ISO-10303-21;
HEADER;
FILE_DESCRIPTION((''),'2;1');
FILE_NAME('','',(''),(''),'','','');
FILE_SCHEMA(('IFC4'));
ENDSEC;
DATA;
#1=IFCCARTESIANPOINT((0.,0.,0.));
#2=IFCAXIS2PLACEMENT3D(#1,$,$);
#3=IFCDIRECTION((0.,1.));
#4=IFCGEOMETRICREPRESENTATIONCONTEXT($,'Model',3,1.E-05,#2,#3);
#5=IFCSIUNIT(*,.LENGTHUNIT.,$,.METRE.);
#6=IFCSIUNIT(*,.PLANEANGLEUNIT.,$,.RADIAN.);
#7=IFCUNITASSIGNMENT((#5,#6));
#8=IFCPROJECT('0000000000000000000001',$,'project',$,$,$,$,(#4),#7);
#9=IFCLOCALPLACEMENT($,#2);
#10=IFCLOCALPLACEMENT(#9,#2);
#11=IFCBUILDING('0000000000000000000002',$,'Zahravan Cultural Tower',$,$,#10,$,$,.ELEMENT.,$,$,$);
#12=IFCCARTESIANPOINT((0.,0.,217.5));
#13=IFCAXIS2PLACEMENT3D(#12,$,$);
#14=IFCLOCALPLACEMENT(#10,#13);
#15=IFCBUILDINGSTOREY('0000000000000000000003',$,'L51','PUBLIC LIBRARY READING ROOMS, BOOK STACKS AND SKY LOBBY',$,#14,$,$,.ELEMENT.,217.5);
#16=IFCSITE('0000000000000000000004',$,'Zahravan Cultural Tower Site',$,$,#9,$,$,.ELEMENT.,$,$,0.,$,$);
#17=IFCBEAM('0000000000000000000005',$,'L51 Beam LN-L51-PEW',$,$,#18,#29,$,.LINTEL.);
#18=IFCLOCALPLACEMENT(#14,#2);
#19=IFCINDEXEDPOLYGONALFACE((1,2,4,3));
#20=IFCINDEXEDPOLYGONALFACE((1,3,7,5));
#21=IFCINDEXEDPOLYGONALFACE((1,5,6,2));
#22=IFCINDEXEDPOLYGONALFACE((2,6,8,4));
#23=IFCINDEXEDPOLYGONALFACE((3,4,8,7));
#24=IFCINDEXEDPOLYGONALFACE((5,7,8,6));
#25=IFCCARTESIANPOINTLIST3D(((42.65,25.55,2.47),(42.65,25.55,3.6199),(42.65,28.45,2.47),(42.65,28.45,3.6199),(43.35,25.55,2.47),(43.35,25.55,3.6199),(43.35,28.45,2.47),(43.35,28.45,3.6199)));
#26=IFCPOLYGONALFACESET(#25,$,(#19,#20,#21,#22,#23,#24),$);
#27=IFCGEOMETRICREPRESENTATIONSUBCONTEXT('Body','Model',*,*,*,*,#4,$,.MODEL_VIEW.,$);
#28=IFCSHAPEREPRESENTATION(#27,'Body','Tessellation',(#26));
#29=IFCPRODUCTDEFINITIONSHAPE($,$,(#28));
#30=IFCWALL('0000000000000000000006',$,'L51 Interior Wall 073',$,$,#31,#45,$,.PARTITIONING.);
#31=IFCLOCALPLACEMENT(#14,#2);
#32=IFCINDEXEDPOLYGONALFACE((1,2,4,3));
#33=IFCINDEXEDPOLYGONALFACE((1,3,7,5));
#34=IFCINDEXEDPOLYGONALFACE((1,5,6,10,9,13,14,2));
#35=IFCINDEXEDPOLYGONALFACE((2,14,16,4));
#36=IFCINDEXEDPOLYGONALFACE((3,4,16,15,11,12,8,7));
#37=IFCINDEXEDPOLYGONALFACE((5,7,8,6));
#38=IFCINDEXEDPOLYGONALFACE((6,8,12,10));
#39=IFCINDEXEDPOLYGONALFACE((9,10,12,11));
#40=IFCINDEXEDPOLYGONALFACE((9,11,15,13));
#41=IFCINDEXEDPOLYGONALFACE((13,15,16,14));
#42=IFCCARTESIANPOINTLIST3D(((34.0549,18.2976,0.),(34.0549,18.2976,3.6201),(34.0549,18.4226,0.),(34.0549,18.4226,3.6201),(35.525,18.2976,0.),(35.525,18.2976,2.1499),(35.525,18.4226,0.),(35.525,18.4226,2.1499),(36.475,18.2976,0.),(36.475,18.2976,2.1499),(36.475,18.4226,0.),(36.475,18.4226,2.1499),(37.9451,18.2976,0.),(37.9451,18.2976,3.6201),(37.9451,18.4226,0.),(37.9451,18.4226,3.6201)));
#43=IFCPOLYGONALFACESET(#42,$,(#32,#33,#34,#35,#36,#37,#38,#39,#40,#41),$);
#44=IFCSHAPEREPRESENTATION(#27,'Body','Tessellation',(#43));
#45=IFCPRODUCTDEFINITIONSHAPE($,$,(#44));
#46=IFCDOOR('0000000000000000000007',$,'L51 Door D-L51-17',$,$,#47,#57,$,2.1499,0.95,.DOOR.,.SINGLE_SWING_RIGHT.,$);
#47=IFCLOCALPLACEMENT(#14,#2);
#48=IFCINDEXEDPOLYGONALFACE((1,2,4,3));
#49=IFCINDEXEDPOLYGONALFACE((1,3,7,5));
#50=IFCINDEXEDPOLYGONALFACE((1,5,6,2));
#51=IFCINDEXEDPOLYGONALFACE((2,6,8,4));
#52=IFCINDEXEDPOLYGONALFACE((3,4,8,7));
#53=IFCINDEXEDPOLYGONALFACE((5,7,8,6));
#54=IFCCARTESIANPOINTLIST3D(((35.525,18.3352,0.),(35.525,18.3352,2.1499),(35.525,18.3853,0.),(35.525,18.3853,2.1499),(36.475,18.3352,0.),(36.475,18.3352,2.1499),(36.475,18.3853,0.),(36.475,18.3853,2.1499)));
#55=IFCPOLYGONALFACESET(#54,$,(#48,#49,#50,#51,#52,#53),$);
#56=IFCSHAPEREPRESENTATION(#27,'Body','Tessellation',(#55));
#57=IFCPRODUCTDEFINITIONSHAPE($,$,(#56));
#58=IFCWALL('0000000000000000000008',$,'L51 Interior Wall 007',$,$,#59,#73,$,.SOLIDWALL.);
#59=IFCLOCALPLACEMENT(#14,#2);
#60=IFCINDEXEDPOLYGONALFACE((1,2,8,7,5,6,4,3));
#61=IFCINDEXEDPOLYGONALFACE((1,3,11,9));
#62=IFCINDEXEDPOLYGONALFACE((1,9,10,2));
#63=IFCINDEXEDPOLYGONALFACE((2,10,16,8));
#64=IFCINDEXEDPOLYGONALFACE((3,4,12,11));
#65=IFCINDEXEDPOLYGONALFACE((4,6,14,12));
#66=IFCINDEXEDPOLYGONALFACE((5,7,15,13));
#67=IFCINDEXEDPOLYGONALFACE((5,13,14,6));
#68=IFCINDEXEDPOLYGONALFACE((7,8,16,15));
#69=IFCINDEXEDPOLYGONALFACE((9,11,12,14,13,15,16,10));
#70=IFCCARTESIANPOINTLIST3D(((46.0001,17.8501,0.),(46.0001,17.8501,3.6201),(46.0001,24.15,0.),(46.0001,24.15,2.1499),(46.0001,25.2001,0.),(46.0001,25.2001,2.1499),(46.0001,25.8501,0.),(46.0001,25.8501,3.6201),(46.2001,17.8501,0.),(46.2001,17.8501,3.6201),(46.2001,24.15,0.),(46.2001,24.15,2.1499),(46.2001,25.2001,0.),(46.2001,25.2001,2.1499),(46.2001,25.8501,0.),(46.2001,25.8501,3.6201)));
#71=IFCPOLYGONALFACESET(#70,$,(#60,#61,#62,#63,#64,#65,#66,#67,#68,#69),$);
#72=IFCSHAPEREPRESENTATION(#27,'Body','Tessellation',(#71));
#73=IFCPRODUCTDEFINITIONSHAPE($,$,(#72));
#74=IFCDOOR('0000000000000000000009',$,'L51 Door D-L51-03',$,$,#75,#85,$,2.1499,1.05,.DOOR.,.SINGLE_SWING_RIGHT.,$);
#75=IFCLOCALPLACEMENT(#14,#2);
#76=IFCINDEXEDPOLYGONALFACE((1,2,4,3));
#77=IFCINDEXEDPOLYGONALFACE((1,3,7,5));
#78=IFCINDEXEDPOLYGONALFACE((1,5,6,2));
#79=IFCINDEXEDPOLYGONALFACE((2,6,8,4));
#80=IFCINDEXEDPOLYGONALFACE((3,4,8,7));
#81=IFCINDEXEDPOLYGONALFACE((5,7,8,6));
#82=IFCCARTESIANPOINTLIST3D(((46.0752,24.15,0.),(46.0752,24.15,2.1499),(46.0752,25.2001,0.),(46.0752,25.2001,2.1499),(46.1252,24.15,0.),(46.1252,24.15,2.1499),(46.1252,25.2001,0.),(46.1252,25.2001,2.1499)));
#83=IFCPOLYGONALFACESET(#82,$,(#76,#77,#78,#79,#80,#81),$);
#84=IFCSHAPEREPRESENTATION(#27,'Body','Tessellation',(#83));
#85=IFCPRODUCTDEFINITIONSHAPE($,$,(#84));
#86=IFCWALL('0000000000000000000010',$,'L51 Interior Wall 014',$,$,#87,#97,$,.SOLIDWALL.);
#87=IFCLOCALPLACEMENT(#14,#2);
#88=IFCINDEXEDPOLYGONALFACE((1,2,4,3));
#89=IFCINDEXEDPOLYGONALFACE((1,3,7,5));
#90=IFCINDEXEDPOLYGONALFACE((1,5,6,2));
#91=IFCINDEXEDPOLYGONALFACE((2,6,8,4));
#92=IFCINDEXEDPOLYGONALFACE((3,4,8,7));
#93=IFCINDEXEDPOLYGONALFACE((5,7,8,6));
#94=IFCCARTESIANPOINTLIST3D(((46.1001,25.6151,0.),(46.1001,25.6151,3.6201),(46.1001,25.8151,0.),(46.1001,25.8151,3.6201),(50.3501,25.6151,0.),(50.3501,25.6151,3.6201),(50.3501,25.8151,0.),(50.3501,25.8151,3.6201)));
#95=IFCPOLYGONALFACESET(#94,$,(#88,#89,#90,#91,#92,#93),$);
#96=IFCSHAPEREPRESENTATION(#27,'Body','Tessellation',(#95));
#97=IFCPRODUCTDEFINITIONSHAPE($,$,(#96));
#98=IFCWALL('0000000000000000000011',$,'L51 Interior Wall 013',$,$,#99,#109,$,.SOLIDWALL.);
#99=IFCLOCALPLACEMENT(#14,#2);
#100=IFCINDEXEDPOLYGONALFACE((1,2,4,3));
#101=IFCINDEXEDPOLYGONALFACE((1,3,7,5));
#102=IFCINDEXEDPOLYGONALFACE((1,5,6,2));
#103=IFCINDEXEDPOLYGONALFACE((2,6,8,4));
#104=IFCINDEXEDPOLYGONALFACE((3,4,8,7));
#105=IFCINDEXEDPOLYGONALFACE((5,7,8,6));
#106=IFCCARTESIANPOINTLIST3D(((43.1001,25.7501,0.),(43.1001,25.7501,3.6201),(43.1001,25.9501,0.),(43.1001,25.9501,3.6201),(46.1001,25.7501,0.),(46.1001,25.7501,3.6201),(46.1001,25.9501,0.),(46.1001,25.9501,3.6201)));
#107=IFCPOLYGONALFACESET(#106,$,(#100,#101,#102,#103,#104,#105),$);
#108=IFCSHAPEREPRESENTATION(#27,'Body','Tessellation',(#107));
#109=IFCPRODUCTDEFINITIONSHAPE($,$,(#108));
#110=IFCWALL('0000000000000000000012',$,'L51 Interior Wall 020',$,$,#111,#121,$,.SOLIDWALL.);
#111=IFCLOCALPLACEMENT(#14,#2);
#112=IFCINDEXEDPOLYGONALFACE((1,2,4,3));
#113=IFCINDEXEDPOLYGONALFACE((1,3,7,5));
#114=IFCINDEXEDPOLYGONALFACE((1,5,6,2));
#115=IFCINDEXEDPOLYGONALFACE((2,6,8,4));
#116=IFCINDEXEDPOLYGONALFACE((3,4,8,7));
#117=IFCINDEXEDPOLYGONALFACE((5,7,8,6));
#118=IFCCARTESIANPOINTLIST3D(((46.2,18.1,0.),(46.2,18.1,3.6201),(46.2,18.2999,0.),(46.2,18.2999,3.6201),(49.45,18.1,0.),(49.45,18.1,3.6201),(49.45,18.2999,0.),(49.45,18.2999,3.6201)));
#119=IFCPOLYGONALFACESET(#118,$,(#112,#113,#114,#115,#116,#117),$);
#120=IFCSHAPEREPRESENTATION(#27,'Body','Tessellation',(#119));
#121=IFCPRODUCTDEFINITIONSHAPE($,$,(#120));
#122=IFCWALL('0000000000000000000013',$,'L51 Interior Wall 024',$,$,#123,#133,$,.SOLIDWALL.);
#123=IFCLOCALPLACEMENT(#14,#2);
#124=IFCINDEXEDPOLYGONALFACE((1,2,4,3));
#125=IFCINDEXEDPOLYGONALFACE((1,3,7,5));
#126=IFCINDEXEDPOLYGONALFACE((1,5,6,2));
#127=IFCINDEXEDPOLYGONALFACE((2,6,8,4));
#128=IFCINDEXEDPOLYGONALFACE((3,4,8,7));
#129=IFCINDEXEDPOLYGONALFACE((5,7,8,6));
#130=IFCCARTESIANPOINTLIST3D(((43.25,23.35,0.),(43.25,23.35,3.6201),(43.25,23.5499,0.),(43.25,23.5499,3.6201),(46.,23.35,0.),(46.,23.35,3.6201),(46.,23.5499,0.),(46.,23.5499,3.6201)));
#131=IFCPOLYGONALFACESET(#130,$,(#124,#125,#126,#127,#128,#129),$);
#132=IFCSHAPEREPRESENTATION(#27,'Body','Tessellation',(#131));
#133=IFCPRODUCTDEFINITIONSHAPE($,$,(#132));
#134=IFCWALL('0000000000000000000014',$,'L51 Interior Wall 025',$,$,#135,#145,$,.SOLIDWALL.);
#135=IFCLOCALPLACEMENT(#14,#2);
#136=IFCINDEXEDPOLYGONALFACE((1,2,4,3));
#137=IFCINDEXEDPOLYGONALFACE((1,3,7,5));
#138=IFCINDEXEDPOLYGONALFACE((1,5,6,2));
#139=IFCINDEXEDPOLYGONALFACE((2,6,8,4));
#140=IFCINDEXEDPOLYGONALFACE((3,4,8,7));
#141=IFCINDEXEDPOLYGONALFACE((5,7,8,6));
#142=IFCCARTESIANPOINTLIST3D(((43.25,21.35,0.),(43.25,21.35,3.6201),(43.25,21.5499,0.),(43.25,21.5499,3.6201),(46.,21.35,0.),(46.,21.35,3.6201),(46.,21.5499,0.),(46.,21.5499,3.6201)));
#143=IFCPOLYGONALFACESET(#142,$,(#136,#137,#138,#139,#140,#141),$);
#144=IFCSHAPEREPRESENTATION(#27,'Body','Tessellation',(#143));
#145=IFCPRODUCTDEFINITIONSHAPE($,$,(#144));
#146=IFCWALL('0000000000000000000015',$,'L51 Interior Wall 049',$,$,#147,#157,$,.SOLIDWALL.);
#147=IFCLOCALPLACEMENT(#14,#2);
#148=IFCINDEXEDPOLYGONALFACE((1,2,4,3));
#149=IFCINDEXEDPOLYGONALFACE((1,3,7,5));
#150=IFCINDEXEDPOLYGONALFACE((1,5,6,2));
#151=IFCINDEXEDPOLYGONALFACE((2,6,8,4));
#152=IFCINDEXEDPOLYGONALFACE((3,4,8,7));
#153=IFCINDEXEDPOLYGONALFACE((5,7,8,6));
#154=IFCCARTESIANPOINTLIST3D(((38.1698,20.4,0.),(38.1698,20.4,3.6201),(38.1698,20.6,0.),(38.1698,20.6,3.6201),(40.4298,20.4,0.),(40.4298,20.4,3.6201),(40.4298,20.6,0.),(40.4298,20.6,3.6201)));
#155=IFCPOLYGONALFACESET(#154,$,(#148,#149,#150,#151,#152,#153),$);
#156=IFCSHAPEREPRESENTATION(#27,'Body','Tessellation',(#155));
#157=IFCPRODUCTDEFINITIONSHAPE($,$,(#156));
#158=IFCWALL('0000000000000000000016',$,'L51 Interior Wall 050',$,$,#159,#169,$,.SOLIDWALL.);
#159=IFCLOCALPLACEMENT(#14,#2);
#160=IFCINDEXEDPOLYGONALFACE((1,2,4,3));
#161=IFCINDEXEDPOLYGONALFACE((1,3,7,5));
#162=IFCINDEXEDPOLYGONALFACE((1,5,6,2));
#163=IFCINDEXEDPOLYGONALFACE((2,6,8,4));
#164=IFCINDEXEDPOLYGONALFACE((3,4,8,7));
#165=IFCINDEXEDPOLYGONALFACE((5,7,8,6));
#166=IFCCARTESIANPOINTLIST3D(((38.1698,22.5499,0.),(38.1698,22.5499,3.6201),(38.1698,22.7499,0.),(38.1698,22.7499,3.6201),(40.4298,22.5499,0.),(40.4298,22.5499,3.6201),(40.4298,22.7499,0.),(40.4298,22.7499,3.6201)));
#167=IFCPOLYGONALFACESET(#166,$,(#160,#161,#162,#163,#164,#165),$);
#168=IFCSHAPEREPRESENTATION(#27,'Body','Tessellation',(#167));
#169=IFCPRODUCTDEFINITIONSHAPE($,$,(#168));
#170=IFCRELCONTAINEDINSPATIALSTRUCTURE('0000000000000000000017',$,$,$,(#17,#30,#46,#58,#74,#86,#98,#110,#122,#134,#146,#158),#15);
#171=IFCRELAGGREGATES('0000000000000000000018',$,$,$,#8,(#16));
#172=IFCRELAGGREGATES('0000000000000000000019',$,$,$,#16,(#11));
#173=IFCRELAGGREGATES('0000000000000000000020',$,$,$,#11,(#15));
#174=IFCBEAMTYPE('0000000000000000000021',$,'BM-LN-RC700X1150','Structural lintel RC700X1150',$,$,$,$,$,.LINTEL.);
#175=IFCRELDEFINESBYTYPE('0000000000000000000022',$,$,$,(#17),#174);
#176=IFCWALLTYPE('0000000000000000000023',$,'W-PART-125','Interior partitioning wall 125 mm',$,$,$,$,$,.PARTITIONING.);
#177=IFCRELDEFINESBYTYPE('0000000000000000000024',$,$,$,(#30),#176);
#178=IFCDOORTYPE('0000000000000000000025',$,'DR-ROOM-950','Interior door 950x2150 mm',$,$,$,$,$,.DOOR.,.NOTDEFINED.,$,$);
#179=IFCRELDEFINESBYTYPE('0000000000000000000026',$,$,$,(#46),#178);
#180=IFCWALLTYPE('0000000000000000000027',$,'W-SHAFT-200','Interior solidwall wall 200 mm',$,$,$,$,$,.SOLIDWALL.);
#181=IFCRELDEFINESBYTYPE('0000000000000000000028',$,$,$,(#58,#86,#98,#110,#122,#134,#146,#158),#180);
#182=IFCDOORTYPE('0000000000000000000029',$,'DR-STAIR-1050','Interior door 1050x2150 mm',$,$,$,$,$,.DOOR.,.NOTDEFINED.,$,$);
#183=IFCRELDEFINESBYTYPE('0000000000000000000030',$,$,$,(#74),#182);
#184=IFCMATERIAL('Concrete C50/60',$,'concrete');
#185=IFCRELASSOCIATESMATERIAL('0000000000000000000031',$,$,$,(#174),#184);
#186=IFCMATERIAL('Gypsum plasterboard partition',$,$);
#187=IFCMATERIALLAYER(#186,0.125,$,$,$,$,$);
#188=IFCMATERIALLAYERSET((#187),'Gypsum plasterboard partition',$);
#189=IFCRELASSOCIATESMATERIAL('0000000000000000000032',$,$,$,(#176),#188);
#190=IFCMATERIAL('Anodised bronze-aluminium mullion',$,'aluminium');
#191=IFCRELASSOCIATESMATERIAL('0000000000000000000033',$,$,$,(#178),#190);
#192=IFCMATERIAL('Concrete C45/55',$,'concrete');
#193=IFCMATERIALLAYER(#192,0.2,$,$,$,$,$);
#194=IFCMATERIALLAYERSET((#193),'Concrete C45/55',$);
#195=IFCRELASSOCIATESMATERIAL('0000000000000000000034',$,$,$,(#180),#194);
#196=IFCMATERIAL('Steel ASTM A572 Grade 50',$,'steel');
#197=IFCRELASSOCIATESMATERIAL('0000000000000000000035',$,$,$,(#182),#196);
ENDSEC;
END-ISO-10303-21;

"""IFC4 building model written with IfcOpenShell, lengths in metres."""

from ifc_helpers import new_model, si_unit, direction, frame, frame_2d, origin, origin_2d, place, context, subcontext, project, spatial, rectangle, extrude, source, transform, mapped, material, layer, layer_set, material_profile, profile_set, type_object, element, fill, save


model = new_model("IFC4")

# Units and contexts
model_context = context("Model", 3, precision=1e-05, world=origin(), true_north=direction((0.0, 1.0)))
body_context = subcontext(model_context, "Body", "Model", "MODEL_VIEW")
ifc_project = project(units=[si_unit("LENGTHUNIT", "METRE"), si_unit("PLANEANGLEUNIT", "RADIAN")], contexts=[model_context])

# Site, building, storey
site_placement = place(None, origin())
site = spatial("IfcSite", under=ifc_project, at=site_placement, Name="Zahravan Cultural Tower Site", CompositionType="ELEMENT", RefElevation=0.0)
building_placement = place(site_placement, origin())
building = spatial("IfcBuilding", under=site, at=building_placement, Name="Zahravan Cultural Tower", CompositionType="ELEMENT")
storey_placement = place(building_placement, frame((0.0, 0.0, 217.5)))
storey = spatial("IfcBuildingStorey", under=building, at=storey_placement, Name="L51", Description="PUBLIC LIBRARY READING ROOMS, BOOK STACKS AND SKY LOBBY", CompositionType="ELEMENT", Elevation=217.5)

# Beam
ifc_material_1 = material(Name="Concrete C50/60", Category="concrete")
ifc_material_profile = material_profile(ifc_material_1, rectangle(XDim=0.7, YDim=1.1499, at=origin_2d()), Name="RC700X1150")
ifc_profile_set = profile_set([ifc_material_profile], Name="Concrete C50/60")
beam_type = type_object("IfcBeamType", Name="BM-LN-RC700X1150", Description="Structural lintel RC700X1150", PredefinedType="LINTEL", material=ifc_profile_set)
shared_shape_1 = source(origin(), body_context, "Body", "SweptSolid", [
    extrude(rectangle(XDim=0.7, YDim=1.1499, at=origin_2d()), origin(), (0.0, 0.0, 1.0), 2.8999),
])
beam_placement = place(storey_placement, frame((43.0, 25.55, 3.0449), z_axis=(0.0, 1.0, 0.0), x_axis=(-1.0, 0.0, 0.0)))
element("IfcBeam", 1, at=beam_placement, inside=storey, type_object=beam_type, Name="L51 Beam LN-L51-PEW", PredefinedType="LINTEL", context=body_context, shape_type="MappedRepresentation", body=[
    mapped(shared_shape_1, transform((0.0, 0.0, 0.0), x_axis=(1.0, 0.0, 0.0), y_axis=(0.0, 1.0, 0.0), z_axis=(0.0, 0.0, 1.0), scale=1.0)),
])

# Walls, openings, doors
ifc_material_2 = material(Name="Gypsum plasterboard partition")
ifc_layer_1 = layer(ifc_material_2, 0.125)
ifc_layer_set_1 = layer_set([ifc_layer_1], Name="Gypsum plasterboard partition")
wall_type_1 = type_object("IfcWallType", Name="W-PART-125", Description="Interior partitioning wall 125 mm", PredefinedType="PARTITIONING", material=ifc_layer_set_1)
ifc_material_3 = material(Name="Anodised bronze-aluminium mullion", Category="aluminium")
door_type_1 = type_object("IfcDoorType", Name="DR-ROOM-950", Description="Interior door 950x2150 mm", OperationType="NOTDEFINED", PredefinedType="DOOR", material=ifc_material_3)
shared_shape_2 = source(origin(), body_context, "Body", "SweptSolid", [
    extrude(rectangle(XDim=0.95, YDim=2.1499, at=frame_2d((0.4751, 1.075))), frame((0.0, 0.0249, 0.0), z_axis=(0.0, -1.0, 0.0), x_axis=(1.0, 0.0, 0.0)), (0.0, 0.0, 1.0), 0.05),
])
wall_1_placement = place(storey_placement, frame((37.9451, 18.3601, 0.0), z_axis=(0.0, 0.0, 1.0), x_axis=(-1.0, 0.0, 0.0)))
wall_1 = element("IfcWall", 2, at=wall_1_placement, inside=storey, type_object=wall_type_1, Name="L51 Interior Wall 073", PredefinedType="PARTITIONING", context=body_context, shape_type="SweptSolid", body=[
    extrude(rectangle(XDim=3.8901, YDim=0.125, at=frame_2d((1.9451, 0.0))), origin(), (0.0, 0.0, 1.0), 3.6201),
])
opening_1_placement = place(wall_1_placement, frame((1.47, 0.0, 0.0)))
opening_1 = element("IfcOpeningElement", 3, at=opening_1_placement, cuts=wall_1, PredefinedType="OPENING", context=body_context, shape_type="SweptSolid", body=[
    extrude(rectangle(XDim=0.95, YDim=2.1499, at=frame_2d((0.4751, 1.075))), frame((0.0, 0.0725, 0.0), z_axis=(0.0, -1.0, 0.0), x_axis=(1.0, 0.0, 0.0)), (0.0, 0.0, 1.0), 0.145),
])
door_1_placement = place(opening_1_placement, origin())
door_1 = element("IfcDoor", 4, at=door_1_placement, inside=storey, type_object=door_type_1, Name="L51 Door D-L51-17", OperationType="SINGLE_SWING_RIGHT", OverallHeight=2.1499, OverallWidth=0.95, PredefinedType="DOOR", context=body_context, shape_type="MappedRepresentation", body=[
    mapped(shared_shape_2, transform((0.0, 0.0, 0.0), x_axis=(1.0, 0.0, 0.0), y_axis=(0.0, 1.0, 0.0), z_axis=(0.0, 0.0, 1.0), scale=1.0)),
])
fill(opening_1, door_1)
ifc_material_4 = material(Name="Concrete C45/55", Category="concrete")
ifc_layer_2 = layer(ifc_material_4, 0.2)
ifc_layer_set_2 = layer_set([ifc_layer_2], Name="Concrete C45/55")
wall_type_2 = type_object("IfcWallType", Name="W-SHAFT-200", Description="Interior solidwall wall 200 mm", PredefinedType="SOLIDWALL", material=ifc_layer_set_2)
wall_2_placement = place(storey_placement, frame((46.1001, 17.8501, 0.0), z_axis=(0.0, 0.0, 1.0), x_axis=(0.0, 1.0, 0.0)))
wall_2 = element("IfcWall", 5, at=wall_2_placement, inside=storey, type_object=wall_type_2, Name="L51 Interior Wall 007", PredefinedType="SOLIDWALL", context=body_context, shape_type="SweptSolid", body=[
    extrude(rectangle(XDim=8.0, YDim=0.2, at=frame_2d((4.0, 0.0))), origin(), (0.0, 0.0, 1.0), 3.6201),
])
opening_2_placement = place(wall_2_placement, frame((6.3, 0.0, 0.0)))
opening_2 = element("IfcOpeningElement", 6, at=opening_2_placement, cuts=wall_2, PredefinedType="OPENING", context=body_context, shape_type="SweptSolid", body=[
    extrude(rectangle(XDim=1.05, YDim=2.1499, at=frame_2d((0.5249, 1.075))), frame((0.0, 0.1099, 0.0), z_axis=(0.0, -1.0, 0.0), x_axis=(1.0, 0.0, 0.0)), (0.0, 0.0, 1.0), 0.22),
])
ifc_material_5 = material(Name="Steel ASTM A572 Grade 50", Category="steel")
door_type_2 = type_object("IfcDoorType", Name="DR-STAIR-1050", Description="Interior door 1050x2150 mm", OperationType="NOTDEFINED", PredefinedType="DOOR", material=ifc_material_5)
shared_shape_3 = source(origin(), body_context, "Body", "SweptSolid", [
    extrude(rectangle(XDim=1.05, YDim=2.1499, at=frame_2d((0.5249, 1.075))), frame((0.0, 0.0249, 0.0), z_axis=(0.0, -1.0, 0.0), x_axis=(1.0, 0.0, 0.0)), (0.0, 0.0, 1.0), 0.05),
])
door_2_placement = place(opening_2_placement, origin())
door_2 = element("IfcDoor", 7, at=door_2_placement, inside=storey, type_object=door_type_2, Name="L51 Door D-L51-03", OperationType="SINGLE_SWING_RIGHT", OverallHeight=2.1499, OverallWidth=1.05, PredefinedType="DOOR", context=body_context, shape_type="MappedRepresentation", body=[
    mapped(shared_shape_3, transform((0.0, 0.0, 0.0), x_axis=(1.0, 0.0, 0.0), y_axis=(0.0, 1.0, 0.0), z_axis=(0.0, 0.0, 1.0), scale=1.0)),
])
fill(opening_2, door_2)

# Walls
shared_shape_4 = source(origin(), body_context, "Body", "SweptSolid", [
    extrude(rectangle(XDim=4.25, YDim=0.2, at=frame_2d((2.125, 0.0))), origin(), (0.0, 0.0, 1.0), 3.6201),
])
wall_3_placement = place(storey_placement, frame((46.1001, 25.7151, 0.0), z_axis=(0.0, 0.0, 1.0), x_axis=(1.0, 0.0, 0.0)))
element("IfcWall", 8, at=wall_3_placement, inside=storey, type_object=wall_type_2, Name="L51 Interior Wall 014", PredefinedType="SOLIDWALL", context=body_context, shape_type="MappedRepresentation", body=[
    mapped(shared_shape_4, transform((0.0, 0.0, 0.0), x_axis=(1.0, 0.0, 0.0), y_axis=(0.0, 1.0, 0.0), z_axis=(0.0, 0.0, 1.0), scale=1.0)),
])
shared_shape_5 = source(origin(), body_context, "Body", "SweptSolid", [
    extrude(rectangle(XDim=3.0, YDim=0.2, at=frame_2d((1.5, 0.0))), origin(), (0.0, 0.0, 1.0), 3.6201),
])
wall_4_placement = place(storey_placement, frame((43.1001, 25.8501, 0.0), z_axis=(0.0, 0.0, 1.0), x_axis=(1.0, 0.0, 0.0)))
element("IfcWall", 9, at=wall_4_placement, inside=storey, type_object=wall_type_2, Name="L51 Interior Wall 013", PredefinedType="SOLIDWALL", context=body_context, shape_type="MappedRepresentation", body=[
    mapped(shared_shape_5, transform((0.0, 0.0, 0.0), x_axis=(1.0, 0.0, 0.0), y_axis=(0.0, 1.0, 0.0), z_axis=(0.0, 0.0, 1.0), scale=1.0)),
])
shared_shape_6 = source(origin(), body_context, "Body", "SweptSolid", [
    extrude(rectangle(XDim=3.25, YDim=0.2, at=frame_2d((1.625, 0.0))), origin(), (0.0, 0.0, 1.0), 3.6201),
])
wall_5_placement = place(storey_placement, frame((46.2, 18.2, 0.0), z_axis=(0.0, 0.0, 1.0), x_axis=(1.0, 0.0, 0.0)))
element("IfcWall", 10, at=wall_5_placement, inside=storey, type_object=wall_type_2, Name="L51 Interior Wall 020", PredefinedType="SOLIDWALL", context=body_context, shape_type="MappedRepresentation", body=[
    mapped(shared_shape_6, transform((0.0, 0.0, 0.0), x_axis=(1.0, 0.0, 0.0), y_axis=(0.0, 1.0, 0.0), z_axis=(0.0, 0.0, 1.0), scale=1.0)),
])
shared_shape_7 = source(origin(), body_context, "Body", "SweptSolid", [
    extrude(rectangle(XDim=2.75, YDim=0.2, at=frame_2d((1.375, 0.0))), origin(), (0.0, 0.0, 1.0), 3.6201),
])
for number, where, z_axis, x_axis, name in (
    (11, (43.25, 23.45, 0.0), (0.0, 0.0, 1.0), (1.0, 0.0, 0.0), "L51 Interior Wall 024"),
    (12, (43.25, 21.45, 0.0), (0.0, 0.0, 1.0), (1.0, 0.0, 0.0), "L51 Interior Wall 025"),
):
    element("IfcWall", number, at=place(storey_placement, frame(where, z_axis=z_axis, x_axis=x_axis)), inside=storey, type_object=wall_type_2, Name=name, PredefinedType="SOLIDWALL", context=body_context, shape_type="MappedRepresentation", body=[
        mapped(shared_shape_7, transform((0.0, 0.0, 0.0), x_axis=(1.0, 0.0, 0.0), y_axis=(0.0, 1.0, 0.0), z_axis=(0.0, 0.0, 1.0), scale=1.0)),
    ])
shared_shape_8 = source(origin(), body_context, "Body", "SweptSolid", [
    extrude(rectangle(XDim=2.26, YDim=0.2, at=frame_2d((1.1299, 0.0))), origin(), (0.0, 0.0, 1.0), 3.6201),
])
for number, where, z_axis, x_axis, name in (
    (13, (38.1699, 20.5, 0.0), (0.0, 0.0, 1.0), (1.0, 0.0, 0.0), "L51 Interior Wall 049"),
    (14, (38.1699, 22.6499, 0.0), (0.0, 0.0, 1.0), (1.0, 0.0, 0.0), "L51 Interior Wall 050"),
):
    element("IfcWall", number, at=place(storey_placement, frame(where, z_axis=z_axis, x_axis=x_axis)), inside=storey, type_object=wall_type_2, Name=name, PredefinedType="SOLIDWALL", context=body_context, shape_type="MappedRepresentation", body=[
        mapped(shared_shape_8, transform((0.0, 0.0, 0.0), x_axis=(1.0, 0.0, 0.0), y_axis=(0.0, 1.0, 0.0), z_axis=(0.0, 0.0, 1.0), scale=1.0)),
    ])

save(model, "model.ifc")
